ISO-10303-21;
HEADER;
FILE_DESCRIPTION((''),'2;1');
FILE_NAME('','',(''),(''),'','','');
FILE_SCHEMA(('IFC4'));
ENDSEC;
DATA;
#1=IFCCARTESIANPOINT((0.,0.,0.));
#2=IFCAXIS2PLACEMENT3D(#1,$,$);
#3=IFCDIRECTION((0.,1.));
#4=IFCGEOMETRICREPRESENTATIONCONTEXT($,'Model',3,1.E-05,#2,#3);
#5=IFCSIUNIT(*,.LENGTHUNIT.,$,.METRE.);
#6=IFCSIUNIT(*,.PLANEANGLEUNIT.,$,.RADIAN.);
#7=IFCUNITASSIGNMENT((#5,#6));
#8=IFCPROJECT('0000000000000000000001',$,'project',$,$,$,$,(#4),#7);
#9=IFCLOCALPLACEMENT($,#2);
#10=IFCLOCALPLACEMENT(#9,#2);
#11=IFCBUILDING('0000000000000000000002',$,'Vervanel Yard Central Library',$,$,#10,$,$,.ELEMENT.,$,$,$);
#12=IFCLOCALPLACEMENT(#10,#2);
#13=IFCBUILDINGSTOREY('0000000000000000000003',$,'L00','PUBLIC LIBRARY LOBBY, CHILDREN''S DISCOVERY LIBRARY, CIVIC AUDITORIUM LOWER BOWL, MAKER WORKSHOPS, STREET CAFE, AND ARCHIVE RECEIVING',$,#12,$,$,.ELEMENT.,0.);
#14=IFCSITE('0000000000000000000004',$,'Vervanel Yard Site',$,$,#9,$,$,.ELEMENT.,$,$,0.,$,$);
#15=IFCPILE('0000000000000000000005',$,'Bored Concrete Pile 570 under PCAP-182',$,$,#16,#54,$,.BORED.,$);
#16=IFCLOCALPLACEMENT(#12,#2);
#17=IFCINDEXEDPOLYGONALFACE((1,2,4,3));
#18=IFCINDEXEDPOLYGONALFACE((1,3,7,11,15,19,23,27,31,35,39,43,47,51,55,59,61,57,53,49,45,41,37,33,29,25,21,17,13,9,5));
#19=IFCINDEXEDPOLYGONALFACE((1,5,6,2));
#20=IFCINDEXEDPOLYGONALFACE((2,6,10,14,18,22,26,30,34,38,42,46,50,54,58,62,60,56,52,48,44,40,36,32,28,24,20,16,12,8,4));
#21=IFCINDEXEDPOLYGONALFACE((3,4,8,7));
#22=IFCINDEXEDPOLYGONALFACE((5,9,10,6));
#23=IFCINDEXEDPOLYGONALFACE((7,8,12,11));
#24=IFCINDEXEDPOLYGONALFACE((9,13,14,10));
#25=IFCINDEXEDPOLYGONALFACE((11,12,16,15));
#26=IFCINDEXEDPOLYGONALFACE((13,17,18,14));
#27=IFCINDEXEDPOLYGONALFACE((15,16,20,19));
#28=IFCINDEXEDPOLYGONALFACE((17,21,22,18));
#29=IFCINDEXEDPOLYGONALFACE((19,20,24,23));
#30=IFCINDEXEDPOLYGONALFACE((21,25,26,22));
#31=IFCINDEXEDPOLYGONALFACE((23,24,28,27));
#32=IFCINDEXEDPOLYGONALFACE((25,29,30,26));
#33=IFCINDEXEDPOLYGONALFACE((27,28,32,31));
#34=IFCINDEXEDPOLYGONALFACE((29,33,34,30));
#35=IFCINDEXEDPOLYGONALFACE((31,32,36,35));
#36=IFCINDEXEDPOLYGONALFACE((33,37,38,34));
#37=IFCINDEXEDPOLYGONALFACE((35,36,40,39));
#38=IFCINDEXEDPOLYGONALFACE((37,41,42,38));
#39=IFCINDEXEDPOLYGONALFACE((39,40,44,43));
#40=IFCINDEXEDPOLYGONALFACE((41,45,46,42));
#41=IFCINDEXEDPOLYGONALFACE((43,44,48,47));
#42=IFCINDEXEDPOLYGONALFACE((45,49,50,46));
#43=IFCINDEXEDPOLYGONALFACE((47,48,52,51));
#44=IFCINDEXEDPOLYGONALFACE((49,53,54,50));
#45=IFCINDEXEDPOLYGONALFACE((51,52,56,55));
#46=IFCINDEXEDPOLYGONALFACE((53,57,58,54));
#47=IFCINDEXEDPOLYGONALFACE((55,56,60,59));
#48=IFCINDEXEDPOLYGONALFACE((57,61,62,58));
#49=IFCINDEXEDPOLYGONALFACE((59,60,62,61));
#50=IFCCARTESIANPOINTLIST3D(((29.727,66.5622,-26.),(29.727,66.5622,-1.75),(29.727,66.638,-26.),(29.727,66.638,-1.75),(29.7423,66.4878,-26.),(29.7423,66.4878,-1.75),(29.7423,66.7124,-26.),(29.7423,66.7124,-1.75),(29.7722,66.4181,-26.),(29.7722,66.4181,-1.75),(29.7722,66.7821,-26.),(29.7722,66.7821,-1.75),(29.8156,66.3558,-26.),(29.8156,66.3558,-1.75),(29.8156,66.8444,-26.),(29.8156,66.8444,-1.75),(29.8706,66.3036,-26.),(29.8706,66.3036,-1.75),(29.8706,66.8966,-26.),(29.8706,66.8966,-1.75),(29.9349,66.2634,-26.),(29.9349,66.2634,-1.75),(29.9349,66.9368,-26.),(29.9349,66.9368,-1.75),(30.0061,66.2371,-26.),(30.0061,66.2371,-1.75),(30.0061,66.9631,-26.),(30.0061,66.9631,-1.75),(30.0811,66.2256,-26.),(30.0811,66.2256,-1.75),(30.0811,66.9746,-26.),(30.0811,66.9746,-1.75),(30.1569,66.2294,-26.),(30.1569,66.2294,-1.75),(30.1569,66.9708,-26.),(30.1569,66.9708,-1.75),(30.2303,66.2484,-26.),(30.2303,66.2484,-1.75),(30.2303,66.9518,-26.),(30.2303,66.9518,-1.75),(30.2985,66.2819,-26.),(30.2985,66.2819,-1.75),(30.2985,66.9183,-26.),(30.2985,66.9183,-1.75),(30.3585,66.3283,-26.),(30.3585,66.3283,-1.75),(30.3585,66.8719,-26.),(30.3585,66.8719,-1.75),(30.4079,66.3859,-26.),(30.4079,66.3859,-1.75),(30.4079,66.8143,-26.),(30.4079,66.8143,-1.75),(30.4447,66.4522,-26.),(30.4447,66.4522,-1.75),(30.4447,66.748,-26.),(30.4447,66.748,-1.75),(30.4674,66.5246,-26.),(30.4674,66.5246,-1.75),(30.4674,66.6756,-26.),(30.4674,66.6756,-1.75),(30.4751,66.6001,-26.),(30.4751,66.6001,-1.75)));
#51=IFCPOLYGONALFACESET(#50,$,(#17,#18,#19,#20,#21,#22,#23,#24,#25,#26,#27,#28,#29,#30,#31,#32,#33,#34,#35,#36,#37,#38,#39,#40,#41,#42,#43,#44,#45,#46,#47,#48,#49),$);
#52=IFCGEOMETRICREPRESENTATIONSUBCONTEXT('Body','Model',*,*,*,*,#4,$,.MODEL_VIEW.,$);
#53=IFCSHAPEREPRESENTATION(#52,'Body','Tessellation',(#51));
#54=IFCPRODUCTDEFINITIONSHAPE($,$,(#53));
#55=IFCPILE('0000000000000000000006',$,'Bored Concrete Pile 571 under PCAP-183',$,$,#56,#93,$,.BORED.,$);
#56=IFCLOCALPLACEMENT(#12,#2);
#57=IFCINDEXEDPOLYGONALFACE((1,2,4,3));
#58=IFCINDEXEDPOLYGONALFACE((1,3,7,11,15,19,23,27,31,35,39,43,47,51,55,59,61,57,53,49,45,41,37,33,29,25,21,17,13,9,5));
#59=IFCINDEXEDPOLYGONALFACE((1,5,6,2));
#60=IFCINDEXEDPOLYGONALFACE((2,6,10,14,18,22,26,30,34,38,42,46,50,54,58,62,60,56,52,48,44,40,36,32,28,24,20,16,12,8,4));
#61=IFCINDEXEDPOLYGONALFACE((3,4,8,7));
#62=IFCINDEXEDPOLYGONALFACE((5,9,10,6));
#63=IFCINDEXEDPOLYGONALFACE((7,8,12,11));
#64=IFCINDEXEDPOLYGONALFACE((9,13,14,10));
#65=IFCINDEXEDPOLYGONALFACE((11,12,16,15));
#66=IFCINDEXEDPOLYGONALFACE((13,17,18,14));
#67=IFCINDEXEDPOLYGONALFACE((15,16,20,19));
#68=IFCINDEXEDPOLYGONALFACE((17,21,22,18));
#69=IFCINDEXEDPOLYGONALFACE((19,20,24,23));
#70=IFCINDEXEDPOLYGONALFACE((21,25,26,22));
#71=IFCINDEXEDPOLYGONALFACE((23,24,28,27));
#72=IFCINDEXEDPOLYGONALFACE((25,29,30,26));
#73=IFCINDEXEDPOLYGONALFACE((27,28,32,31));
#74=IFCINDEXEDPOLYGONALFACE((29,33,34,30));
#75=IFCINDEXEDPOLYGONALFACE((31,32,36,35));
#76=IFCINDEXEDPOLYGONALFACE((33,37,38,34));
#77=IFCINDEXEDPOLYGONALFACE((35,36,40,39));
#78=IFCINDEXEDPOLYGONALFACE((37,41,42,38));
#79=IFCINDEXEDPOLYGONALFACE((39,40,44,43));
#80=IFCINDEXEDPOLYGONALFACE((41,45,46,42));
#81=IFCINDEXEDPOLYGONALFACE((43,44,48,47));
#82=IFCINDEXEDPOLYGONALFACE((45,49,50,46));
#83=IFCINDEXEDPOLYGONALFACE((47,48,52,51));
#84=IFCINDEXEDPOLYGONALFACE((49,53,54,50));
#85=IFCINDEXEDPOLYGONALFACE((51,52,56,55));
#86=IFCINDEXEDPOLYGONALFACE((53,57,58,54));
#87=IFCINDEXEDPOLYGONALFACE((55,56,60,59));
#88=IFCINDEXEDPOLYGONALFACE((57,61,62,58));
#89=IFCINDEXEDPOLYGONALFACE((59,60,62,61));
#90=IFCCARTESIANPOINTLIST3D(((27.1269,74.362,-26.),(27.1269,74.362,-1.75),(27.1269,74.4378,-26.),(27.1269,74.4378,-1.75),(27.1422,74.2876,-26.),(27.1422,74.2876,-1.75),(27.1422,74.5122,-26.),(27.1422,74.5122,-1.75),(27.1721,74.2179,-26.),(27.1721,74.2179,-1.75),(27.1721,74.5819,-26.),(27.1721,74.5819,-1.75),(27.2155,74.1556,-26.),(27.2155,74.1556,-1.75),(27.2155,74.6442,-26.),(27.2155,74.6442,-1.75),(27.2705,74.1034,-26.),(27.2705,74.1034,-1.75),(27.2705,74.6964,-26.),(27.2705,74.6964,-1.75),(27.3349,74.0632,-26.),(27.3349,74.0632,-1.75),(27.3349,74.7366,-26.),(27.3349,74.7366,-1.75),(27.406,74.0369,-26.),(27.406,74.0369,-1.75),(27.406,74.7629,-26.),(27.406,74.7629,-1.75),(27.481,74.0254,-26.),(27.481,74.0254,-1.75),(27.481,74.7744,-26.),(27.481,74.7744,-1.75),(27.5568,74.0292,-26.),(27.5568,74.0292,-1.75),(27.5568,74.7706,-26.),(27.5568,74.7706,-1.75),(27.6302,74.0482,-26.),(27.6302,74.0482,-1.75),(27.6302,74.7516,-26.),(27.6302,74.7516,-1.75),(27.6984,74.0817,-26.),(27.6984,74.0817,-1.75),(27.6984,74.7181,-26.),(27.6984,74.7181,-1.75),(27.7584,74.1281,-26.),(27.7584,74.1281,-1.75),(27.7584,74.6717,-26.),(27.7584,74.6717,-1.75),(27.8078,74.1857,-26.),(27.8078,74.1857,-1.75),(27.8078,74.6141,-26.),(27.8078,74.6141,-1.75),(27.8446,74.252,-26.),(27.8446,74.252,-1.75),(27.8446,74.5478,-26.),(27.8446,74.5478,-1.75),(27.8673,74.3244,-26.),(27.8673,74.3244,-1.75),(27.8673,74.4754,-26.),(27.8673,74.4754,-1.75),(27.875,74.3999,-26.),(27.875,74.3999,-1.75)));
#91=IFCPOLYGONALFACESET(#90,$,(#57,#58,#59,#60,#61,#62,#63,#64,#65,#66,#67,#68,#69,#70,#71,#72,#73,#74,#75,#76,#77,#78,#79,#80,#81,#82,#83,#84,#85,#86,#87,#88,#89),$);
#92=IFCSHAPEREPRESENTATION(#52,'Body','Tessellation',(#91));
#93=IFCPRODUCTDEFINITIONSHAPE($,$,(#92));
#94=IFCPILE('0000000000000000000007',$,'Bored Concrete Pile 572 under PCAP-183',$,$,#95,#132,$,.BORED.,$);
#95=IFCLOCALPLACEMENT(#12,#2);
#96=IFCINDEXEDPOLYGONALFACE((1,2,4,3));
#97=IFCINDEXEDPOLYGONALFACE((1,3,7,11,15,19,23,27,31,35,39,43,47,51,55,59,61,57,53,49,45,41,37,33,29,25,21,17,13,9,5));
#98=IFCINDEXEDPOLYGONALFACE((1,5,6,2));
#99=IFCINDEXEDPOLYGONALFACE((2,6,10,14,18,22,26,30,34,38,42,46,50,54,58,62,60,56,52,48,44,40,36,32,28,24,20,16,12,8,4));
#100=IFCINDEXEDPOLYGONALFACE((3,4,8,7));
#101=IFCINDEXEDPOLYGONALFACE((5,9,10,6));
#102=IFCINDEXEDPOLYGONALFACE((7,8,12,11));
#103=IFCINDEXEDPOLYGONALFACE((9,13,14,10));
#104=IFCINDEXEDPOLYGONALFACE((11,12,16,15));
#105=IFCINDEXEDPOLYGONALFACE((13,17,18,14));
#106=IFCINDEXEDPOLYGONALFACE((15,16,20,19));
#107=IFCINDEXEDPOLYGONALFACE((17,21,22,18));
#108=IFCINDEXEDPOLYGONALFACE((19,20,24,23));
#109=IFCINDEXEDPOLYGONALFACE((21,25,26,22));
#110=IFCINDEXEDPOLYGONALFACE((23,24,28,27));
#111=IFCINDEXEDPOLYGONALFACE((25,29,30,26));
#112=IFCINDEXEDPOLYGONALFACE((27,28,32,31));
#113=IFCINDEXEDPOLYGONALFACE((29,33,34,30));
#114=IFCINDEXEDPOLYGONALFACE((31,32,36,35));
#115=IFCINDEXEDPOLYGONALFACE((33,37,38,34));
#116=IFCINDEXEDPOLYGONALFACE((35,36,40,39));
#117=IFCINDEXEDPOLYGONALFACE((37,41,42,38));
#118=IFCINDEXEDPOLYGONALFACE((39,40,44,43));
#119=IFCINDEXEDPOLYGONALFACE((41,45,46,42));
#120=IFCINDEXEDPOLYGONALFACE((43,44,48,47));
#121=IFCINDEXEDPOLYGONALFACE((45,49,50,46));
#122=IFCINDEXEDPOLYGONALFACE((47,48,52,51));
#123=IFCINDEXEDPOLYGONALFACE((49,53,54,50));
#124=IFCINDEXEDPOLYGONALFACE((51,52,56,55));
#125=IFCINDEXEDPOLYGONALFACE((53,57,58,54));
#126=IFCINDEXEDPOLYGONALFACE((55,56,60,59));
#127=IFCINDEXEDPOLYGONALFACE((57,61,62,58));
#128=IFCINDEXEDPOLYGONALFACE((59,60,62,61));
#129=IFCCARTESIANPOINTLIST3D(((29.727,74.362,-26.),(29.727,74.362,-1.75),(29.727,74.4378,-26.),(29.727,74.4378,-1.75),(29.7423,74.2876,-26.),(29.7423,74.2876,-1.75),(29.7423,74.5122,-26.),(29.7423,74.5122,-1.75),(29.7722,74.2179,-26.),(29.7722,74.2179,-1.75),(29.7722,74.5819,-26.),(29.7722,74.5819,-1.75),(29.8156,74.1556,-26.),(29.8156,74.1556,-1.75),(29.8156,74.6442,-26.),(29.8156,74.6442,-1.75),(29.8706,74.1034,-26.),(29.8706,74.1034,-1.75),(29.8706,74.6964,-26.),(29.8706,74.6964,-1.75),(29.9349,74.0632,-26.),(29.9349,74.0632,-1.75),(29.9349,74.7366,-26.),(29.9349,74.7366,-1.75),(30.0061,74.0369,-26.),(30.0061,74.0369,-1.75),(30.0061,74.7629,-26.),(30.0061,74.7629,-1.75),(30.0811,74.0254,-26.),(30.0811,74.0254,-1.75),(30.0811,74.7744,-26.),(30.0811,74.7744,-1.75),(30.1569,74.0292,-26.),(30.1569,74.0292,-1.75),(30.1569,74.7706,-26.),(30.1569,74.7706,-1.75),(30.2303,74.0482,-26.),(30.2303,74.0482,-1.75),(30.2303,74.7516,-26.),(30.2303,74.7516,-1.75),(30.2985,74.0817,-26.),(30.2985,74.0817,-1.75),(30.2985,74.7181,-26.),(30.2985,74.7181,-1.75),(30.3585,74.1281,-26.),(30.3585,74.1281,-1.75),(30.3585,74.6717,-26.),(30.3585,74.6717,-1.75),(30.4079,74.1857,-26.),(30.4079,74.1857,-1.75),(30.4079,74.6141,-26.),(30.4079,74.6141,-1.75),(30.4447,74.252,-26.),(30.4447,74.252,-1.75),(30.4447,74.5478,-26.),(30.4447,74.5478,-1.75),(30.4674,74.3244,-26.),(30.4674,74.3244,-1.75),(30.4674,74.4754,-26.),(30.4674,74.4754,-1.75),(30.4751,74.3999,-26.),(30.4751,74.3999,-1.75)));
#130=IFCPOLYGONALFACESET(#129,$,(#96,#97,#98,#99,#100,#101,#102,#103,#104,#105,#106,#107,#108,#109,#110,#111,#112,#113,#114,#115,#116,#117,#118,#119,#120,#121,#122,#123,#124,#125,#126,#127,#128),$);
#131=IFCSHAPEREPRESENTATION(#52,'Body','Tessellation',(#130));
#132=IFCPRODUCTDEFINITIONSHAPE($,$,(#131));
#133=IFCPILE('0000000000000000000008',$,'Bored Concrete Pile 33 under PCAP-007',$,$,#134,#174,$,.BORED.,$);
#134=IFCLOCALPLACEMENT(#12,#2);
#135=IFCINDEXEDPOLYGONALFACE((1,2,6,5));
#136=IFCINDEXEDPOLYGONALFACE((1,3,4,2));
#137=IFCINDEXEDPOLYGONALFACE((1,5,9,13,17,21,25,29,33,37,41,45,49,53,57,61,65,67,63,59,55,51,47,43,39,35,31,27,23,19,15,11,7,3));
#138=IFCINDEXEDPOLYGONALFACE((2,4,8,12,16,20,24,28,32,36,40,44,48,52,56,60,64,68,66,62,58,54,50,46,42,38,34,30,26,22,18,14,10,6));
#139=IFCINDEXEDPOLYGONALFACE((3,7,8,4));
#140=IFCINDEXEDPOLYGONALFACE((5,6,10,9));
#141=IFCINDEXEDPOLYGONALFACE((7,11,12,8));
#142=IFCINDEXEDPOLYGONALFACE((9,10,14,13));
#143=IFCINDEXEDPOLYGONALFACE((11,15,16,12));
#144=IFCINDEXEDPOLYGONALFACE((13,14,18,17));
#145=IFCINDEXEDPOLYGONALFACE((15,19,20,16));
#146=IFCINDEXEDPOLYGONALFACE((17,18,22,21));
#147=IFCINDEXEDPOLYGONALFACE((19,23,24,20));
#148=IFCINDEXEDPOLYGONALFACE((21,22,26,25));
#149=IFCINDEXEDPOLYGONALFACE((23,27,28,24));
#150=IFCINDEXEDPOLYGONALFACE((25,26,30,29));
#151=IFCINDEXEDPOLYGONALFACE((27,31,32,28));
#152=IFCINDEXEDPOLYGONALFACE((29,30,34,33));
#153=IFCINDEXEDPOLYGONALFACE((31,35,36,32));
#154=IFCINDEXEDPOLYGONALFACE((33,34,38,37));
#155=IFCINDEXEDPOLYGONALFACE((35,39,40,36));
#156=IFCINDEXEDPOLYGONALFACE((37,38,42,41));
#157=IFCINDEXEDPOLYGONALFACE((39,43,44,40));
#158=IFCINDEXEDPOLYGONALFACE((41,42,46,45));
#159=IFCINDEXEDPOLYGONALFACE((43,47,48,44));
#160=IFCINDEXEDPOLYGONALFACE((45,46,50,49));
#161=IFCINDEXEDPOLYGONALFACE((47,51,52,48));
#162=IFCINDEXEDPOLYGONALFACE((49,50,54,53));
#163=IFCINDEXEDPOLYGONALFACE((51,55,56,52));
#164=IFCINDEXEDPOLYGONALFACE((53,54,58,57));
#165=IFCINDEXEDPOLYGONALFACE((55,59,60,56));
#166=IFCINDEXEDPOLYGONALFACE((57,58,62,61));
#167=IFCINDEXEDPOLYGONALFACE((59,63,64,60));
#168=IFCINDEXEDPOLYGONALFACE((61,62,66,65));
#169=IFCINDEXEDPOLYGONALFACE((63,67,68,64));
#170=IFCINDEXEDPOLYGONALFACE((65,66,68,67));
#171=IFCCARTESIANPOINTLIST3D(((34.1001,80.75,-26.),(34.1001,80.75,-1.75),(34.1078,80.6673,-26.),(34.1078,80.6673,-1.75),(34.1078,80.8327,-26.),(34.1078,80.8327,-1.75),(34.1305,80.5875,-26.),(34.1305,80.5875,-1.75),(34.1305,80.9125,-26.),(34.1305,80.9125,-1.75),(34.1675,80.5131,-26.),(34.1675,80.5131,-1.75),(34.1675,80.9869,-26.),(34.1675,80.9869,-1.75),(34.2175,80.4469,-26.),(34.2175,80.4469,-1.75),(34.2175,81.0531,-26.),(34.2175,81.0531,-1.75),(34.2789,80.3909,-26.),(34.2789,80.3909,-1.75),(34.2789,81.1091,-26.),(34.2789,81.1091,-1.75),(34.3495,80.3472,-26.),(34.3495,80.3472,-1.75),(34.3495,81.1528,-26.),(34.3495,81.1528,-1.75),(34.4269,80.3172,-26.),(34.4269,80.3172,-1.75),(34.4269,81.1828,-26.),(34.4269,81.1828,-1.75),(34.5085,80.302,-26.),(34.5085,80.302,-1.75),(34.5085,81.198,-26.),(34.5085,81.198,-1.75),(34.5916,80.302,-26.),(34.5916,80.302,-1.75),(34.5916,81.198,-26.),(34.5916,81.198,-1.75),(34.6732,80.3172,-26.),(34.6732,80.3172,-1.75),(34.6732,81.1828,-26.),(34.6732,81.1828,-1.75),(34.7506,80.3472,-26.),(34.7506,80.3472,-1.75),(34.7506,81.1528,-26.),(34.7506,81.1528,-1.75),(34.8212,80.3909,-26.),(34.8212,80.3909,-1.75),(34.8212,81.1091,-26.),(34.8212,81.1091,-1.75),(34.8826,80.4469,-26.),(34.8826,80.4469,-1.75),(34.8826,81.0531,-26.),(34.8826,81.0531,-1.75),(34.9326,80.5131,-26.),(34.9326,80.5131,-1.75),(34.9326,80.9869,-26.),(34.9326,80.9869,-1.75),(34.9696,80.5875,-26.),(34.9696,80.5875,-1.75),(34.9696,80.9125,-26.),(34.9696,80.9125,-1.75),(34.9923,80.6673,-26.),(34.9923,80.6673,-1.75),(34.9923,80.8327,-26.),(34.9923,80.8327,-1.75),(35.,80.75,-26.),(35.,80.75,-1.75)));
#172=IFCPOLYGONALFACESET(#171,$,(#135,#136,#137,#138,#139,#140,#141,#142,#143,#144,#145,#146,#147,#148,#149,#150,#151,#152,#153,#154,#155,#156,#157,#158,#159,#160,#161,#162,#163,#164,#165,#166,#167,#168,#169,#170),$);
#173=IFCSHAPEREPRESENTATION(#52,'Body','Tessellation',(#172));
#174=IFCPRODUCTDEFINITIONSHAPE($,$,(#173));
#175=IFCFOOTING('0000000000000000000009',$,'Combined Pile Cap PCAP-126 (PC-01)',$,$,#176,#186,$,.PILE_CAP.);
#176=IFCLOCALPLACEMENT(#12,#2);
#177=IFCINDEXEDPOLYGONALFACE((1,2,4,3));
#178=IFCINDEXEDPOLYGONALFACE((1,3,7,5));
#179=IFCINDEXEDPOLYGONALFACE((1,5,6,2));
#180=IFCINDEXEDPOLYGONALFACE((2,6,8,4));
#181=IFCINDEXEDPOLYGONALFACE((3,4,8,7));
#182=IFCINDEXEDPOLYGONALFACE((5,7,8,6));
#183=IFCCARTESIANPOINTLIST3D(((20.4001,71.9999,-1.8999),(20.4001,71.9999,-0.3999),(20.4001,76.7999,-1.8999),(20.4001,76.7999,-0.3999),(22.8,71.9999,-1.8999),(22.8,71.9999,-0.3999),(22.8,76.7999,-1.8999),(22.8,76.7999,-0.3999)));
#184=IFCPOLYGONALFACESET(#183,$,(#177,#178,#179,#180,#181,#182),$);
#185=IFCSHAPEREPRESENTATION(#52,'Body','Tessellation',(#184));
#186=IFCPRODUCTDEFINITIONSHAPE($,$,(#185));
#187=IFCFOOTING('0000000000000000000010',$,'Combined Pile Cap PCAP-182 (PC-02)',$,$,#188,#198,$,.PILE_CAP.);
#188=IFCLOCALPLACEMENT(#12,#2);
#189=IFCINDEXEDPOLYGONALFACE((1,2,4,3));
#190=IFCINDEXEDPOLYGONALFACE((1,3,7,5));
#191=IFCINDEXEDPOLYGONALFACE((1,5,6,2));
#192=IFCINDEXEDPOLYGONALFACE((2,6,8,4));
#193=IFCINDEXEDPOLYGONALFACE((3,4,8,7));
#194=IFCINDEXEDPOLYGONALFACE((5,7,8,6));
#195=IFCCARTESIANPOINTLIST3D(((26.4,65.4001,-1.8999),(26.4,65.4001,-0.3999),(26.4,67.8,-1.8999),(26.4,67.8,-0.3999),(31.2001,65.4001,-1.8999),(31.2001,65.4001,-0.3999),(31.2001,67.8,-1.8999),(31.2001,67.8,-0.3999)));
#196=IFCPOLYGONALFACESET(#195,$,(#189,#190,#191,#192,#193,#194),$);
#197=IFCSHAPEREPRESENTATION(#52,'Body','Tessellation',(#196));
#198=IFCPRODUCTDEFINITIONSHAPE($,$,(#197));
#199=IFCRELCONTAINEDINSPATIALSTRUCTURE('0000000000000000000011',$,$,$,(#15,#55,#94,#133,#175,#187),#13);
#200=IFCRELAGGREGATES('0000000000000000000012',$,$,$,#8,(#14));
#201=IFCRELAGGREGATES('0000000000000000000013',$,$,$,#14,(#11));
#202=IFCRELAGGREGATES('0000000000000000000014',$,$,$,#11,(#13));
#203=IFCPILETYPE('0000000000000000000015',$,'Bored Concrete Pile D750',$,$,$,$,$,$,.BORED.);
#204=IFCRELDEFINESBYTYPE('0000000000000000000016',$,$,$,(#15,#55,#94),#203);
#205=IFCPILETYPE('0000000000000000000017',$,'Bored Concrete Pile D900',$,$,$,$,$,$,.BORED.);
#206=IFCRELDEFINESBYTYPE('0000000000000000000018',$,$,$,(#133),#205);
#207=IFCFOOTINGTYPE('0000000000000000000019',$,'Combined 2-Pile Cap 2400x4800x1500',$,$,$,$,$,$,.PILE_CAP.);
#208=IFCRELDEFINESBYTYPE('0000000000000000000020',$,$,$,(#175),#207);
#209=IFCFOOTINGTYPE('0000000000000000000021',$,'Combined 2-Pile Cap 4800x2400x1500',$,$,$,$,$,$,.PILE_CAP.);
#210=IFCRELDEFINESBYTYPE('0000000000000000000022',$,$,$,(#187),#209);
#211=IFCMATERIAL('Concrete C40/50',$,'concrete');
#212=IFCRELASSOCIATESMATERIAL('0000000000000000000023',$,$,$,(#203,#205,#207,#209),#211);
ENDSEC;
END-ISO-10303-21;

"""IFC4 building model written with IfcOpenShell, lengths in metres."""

from ifc_helpers import new_model, si_unit, direction, frame, origin, origin_2d, place, context, subcontext, project, spatial, rectangle, circle, extrude, material, material_profile, profile_set, type_object, element, save


model = new_model("IFC4")

# Units and contexts
model_context = context("Model", 3, precision=1e-05, world=origin(), true_north=direction((0.0, 1.0)))
body_context = subcontext(model_context, "Body", "Model", "MODEL_VIEW")
ifc_project = project(units=[si_unit("LENGTHUNIT", "METRE"), si_unit("PLANEANGLEUNIT", "RADIAN")], contexts=[model_context])

# Site, building, storey
site_placement = place(None, origin())
site = spatial("IfcSite", under=ifc_project, at=site_placement, Name="Vervanel Yard Site", CompositionType="ELEMENT", RefElevation=0.0)
building_placement = place(site_placement, origin())
building = spatial("IfcBuilding", under=site, at=building_placement, Name="Vervanel Yard Central Library", CompositionType="ELEMENT")
storey_placement = place(building_placement, origin())
storey = spatial("IfcBuildingStorey", under=building, at=storey_placement, Name="L00", Description="PUBLIC LIBRARY LOBBY, CHILDREN'S DISCOVERY LIBRARY, CIVIC AUDITORIUM LOWER BOWL, MAKER WORKSHOPS, STREET CAFE, AND ARCHIVE RECEIVING", CompositionType="ELEMENT", Elevation=0.0)

# Piles
ifc_material_1 = material(Name="Concrete C40/50", Category="concrete")
ifc_material_profile_1 = material_profile(ifc_material_1, circle(Radius=0.375, at=origin_2d()), Name="BP D750", Category="concrete")
ifc_profile_set_1 = profile_set([ifc_material_profile_1], Name="Concrete C40/50")
pile_type_1 = type_object("IfcPileType", Name="Bored Concrete Pile D750", PredefinedType="BORED", material=ifc_profile_set_1)
for number, where, z_axis, x_axis, name in (
    (1, (30.1001, 66.6001, -1.75), (0.0, 0.0, -1.0), (1.0, 0.0, 0.0), "Bored Concrete Pile 570 under PCAP-182"),
    (2, (27.5, 74.3999, -1.75), (0.0, 0.0, -1.0), (1.0, 0.0, 0.0), "Bored Concrete Pile 571 under PCAP-183"),
    (3, (30.1001, 74.3999, -1.75), (0.0, 0.0, -1.0), (1.0, 0.0, 0.0), "Bored Concrete Pile 572 under PCAP-183"),
):
    element("IfcPile", number, at=place(storey_placement, frame(where, z_axis=z_axis, x_axis=x_axis)), inside=storey, type_object=pile_type_1, Name=name, PredefinedType="BORED", context=body_context, shape_type="SweptSolid", body=[
        extrude(circle(Radius=0.375, at=origin_2d()), origin(), (0.0, 0.0, 1.0), 24.25),
    ])
ifc_material_profile_2 = material_profile(ifc_material_1, circle(Radius=0.45, at=origin_2d()), Name="BP D900", Category="concrete")
ifc_profile_set_2 = profile_set([ifc_material_profile_2], Name="Concrete C40/50")
pile_type_2 = type_object("IfcPileType", Name="Bored Concrete Pile D900", PredefinedType="BORED", material=ifc_profile_set_2)
pile_placement = place(storey_placement, frame((34.55, 80.75, -1.75), z_axis=(0.0, 0.0, -1.0), x_axis=(1.0, 0.0, 0.0)))
element("IfcPile", 4, at=pile_placement, inside=storey, type_object=pile_type_2, Name="Bored Concrete Pile 33 under PCAP-007", PredefinedType="BORED", context=body_context, shape_type="SweptSolid", body=[
    extrude(circle(Radius=0.45, at=origin_2d()), origin(), (0.0, 0.0, 1.0), 24.25),
])

# Footings
footing_type_1 = type_object("IfcFootingType", Name="Combined 2-Pile Cap 2400x4800x1500", PredefinedType="PILE_CAP", material=ifc_material_1)
footing_1_placement = place(storey_placement, frame((21.6001, 74.3999, -1.8999), z_axis=(0.0, 0.0, 1.0), x_axis=(1.0, 0.0, 0.0)))
element("IfcFooting", 5, at=footing_1_placement, inside=storey, type_object=footing_type_1, Name="Combined Pile Cap PCAP-126 (PC-01)", PredefinedType="PILE_CAP", context=body_context, shape_type="SweptSolid", body=[
    extrude(rectangle(XDim=2.3999, YDim=4.8, at=origin_2d()), origin(), (0.0, 0.0, 1.0), 1.5),
])
footing_type_2 = type_object("IfcFootingType", Name="Combined 2-Pile Cap 4800x2400x1500", PredefinedType="PILE_CAP", material=ifc_material_1)
for number, where, z_axis, x_axis, name in (
    (6, (28.8, 66.6001, -1.8999), (0.0, 0.0, 1.0), (1.0, 0.0, 0.0), "Combined Pile Cap PCAP-182 (PC-02)"),
):
    element("IfcFooting", number, at=place(storey_placement, frame(where, z_axis=z_axis, x_axis=x_axis)), inside=storey, type_object=footing_type_2, Name=name, PredefinedType="PILE_CAP", context=body_context, shape_type="SweptSolid", body=[
        extrude(rectangle(XDim=4.8, YDim=2.3999, at=origin_2d()), origin(), (0.0, 0.0, 1.0), 1.5),
    ])

save(model, "model.ifc")
